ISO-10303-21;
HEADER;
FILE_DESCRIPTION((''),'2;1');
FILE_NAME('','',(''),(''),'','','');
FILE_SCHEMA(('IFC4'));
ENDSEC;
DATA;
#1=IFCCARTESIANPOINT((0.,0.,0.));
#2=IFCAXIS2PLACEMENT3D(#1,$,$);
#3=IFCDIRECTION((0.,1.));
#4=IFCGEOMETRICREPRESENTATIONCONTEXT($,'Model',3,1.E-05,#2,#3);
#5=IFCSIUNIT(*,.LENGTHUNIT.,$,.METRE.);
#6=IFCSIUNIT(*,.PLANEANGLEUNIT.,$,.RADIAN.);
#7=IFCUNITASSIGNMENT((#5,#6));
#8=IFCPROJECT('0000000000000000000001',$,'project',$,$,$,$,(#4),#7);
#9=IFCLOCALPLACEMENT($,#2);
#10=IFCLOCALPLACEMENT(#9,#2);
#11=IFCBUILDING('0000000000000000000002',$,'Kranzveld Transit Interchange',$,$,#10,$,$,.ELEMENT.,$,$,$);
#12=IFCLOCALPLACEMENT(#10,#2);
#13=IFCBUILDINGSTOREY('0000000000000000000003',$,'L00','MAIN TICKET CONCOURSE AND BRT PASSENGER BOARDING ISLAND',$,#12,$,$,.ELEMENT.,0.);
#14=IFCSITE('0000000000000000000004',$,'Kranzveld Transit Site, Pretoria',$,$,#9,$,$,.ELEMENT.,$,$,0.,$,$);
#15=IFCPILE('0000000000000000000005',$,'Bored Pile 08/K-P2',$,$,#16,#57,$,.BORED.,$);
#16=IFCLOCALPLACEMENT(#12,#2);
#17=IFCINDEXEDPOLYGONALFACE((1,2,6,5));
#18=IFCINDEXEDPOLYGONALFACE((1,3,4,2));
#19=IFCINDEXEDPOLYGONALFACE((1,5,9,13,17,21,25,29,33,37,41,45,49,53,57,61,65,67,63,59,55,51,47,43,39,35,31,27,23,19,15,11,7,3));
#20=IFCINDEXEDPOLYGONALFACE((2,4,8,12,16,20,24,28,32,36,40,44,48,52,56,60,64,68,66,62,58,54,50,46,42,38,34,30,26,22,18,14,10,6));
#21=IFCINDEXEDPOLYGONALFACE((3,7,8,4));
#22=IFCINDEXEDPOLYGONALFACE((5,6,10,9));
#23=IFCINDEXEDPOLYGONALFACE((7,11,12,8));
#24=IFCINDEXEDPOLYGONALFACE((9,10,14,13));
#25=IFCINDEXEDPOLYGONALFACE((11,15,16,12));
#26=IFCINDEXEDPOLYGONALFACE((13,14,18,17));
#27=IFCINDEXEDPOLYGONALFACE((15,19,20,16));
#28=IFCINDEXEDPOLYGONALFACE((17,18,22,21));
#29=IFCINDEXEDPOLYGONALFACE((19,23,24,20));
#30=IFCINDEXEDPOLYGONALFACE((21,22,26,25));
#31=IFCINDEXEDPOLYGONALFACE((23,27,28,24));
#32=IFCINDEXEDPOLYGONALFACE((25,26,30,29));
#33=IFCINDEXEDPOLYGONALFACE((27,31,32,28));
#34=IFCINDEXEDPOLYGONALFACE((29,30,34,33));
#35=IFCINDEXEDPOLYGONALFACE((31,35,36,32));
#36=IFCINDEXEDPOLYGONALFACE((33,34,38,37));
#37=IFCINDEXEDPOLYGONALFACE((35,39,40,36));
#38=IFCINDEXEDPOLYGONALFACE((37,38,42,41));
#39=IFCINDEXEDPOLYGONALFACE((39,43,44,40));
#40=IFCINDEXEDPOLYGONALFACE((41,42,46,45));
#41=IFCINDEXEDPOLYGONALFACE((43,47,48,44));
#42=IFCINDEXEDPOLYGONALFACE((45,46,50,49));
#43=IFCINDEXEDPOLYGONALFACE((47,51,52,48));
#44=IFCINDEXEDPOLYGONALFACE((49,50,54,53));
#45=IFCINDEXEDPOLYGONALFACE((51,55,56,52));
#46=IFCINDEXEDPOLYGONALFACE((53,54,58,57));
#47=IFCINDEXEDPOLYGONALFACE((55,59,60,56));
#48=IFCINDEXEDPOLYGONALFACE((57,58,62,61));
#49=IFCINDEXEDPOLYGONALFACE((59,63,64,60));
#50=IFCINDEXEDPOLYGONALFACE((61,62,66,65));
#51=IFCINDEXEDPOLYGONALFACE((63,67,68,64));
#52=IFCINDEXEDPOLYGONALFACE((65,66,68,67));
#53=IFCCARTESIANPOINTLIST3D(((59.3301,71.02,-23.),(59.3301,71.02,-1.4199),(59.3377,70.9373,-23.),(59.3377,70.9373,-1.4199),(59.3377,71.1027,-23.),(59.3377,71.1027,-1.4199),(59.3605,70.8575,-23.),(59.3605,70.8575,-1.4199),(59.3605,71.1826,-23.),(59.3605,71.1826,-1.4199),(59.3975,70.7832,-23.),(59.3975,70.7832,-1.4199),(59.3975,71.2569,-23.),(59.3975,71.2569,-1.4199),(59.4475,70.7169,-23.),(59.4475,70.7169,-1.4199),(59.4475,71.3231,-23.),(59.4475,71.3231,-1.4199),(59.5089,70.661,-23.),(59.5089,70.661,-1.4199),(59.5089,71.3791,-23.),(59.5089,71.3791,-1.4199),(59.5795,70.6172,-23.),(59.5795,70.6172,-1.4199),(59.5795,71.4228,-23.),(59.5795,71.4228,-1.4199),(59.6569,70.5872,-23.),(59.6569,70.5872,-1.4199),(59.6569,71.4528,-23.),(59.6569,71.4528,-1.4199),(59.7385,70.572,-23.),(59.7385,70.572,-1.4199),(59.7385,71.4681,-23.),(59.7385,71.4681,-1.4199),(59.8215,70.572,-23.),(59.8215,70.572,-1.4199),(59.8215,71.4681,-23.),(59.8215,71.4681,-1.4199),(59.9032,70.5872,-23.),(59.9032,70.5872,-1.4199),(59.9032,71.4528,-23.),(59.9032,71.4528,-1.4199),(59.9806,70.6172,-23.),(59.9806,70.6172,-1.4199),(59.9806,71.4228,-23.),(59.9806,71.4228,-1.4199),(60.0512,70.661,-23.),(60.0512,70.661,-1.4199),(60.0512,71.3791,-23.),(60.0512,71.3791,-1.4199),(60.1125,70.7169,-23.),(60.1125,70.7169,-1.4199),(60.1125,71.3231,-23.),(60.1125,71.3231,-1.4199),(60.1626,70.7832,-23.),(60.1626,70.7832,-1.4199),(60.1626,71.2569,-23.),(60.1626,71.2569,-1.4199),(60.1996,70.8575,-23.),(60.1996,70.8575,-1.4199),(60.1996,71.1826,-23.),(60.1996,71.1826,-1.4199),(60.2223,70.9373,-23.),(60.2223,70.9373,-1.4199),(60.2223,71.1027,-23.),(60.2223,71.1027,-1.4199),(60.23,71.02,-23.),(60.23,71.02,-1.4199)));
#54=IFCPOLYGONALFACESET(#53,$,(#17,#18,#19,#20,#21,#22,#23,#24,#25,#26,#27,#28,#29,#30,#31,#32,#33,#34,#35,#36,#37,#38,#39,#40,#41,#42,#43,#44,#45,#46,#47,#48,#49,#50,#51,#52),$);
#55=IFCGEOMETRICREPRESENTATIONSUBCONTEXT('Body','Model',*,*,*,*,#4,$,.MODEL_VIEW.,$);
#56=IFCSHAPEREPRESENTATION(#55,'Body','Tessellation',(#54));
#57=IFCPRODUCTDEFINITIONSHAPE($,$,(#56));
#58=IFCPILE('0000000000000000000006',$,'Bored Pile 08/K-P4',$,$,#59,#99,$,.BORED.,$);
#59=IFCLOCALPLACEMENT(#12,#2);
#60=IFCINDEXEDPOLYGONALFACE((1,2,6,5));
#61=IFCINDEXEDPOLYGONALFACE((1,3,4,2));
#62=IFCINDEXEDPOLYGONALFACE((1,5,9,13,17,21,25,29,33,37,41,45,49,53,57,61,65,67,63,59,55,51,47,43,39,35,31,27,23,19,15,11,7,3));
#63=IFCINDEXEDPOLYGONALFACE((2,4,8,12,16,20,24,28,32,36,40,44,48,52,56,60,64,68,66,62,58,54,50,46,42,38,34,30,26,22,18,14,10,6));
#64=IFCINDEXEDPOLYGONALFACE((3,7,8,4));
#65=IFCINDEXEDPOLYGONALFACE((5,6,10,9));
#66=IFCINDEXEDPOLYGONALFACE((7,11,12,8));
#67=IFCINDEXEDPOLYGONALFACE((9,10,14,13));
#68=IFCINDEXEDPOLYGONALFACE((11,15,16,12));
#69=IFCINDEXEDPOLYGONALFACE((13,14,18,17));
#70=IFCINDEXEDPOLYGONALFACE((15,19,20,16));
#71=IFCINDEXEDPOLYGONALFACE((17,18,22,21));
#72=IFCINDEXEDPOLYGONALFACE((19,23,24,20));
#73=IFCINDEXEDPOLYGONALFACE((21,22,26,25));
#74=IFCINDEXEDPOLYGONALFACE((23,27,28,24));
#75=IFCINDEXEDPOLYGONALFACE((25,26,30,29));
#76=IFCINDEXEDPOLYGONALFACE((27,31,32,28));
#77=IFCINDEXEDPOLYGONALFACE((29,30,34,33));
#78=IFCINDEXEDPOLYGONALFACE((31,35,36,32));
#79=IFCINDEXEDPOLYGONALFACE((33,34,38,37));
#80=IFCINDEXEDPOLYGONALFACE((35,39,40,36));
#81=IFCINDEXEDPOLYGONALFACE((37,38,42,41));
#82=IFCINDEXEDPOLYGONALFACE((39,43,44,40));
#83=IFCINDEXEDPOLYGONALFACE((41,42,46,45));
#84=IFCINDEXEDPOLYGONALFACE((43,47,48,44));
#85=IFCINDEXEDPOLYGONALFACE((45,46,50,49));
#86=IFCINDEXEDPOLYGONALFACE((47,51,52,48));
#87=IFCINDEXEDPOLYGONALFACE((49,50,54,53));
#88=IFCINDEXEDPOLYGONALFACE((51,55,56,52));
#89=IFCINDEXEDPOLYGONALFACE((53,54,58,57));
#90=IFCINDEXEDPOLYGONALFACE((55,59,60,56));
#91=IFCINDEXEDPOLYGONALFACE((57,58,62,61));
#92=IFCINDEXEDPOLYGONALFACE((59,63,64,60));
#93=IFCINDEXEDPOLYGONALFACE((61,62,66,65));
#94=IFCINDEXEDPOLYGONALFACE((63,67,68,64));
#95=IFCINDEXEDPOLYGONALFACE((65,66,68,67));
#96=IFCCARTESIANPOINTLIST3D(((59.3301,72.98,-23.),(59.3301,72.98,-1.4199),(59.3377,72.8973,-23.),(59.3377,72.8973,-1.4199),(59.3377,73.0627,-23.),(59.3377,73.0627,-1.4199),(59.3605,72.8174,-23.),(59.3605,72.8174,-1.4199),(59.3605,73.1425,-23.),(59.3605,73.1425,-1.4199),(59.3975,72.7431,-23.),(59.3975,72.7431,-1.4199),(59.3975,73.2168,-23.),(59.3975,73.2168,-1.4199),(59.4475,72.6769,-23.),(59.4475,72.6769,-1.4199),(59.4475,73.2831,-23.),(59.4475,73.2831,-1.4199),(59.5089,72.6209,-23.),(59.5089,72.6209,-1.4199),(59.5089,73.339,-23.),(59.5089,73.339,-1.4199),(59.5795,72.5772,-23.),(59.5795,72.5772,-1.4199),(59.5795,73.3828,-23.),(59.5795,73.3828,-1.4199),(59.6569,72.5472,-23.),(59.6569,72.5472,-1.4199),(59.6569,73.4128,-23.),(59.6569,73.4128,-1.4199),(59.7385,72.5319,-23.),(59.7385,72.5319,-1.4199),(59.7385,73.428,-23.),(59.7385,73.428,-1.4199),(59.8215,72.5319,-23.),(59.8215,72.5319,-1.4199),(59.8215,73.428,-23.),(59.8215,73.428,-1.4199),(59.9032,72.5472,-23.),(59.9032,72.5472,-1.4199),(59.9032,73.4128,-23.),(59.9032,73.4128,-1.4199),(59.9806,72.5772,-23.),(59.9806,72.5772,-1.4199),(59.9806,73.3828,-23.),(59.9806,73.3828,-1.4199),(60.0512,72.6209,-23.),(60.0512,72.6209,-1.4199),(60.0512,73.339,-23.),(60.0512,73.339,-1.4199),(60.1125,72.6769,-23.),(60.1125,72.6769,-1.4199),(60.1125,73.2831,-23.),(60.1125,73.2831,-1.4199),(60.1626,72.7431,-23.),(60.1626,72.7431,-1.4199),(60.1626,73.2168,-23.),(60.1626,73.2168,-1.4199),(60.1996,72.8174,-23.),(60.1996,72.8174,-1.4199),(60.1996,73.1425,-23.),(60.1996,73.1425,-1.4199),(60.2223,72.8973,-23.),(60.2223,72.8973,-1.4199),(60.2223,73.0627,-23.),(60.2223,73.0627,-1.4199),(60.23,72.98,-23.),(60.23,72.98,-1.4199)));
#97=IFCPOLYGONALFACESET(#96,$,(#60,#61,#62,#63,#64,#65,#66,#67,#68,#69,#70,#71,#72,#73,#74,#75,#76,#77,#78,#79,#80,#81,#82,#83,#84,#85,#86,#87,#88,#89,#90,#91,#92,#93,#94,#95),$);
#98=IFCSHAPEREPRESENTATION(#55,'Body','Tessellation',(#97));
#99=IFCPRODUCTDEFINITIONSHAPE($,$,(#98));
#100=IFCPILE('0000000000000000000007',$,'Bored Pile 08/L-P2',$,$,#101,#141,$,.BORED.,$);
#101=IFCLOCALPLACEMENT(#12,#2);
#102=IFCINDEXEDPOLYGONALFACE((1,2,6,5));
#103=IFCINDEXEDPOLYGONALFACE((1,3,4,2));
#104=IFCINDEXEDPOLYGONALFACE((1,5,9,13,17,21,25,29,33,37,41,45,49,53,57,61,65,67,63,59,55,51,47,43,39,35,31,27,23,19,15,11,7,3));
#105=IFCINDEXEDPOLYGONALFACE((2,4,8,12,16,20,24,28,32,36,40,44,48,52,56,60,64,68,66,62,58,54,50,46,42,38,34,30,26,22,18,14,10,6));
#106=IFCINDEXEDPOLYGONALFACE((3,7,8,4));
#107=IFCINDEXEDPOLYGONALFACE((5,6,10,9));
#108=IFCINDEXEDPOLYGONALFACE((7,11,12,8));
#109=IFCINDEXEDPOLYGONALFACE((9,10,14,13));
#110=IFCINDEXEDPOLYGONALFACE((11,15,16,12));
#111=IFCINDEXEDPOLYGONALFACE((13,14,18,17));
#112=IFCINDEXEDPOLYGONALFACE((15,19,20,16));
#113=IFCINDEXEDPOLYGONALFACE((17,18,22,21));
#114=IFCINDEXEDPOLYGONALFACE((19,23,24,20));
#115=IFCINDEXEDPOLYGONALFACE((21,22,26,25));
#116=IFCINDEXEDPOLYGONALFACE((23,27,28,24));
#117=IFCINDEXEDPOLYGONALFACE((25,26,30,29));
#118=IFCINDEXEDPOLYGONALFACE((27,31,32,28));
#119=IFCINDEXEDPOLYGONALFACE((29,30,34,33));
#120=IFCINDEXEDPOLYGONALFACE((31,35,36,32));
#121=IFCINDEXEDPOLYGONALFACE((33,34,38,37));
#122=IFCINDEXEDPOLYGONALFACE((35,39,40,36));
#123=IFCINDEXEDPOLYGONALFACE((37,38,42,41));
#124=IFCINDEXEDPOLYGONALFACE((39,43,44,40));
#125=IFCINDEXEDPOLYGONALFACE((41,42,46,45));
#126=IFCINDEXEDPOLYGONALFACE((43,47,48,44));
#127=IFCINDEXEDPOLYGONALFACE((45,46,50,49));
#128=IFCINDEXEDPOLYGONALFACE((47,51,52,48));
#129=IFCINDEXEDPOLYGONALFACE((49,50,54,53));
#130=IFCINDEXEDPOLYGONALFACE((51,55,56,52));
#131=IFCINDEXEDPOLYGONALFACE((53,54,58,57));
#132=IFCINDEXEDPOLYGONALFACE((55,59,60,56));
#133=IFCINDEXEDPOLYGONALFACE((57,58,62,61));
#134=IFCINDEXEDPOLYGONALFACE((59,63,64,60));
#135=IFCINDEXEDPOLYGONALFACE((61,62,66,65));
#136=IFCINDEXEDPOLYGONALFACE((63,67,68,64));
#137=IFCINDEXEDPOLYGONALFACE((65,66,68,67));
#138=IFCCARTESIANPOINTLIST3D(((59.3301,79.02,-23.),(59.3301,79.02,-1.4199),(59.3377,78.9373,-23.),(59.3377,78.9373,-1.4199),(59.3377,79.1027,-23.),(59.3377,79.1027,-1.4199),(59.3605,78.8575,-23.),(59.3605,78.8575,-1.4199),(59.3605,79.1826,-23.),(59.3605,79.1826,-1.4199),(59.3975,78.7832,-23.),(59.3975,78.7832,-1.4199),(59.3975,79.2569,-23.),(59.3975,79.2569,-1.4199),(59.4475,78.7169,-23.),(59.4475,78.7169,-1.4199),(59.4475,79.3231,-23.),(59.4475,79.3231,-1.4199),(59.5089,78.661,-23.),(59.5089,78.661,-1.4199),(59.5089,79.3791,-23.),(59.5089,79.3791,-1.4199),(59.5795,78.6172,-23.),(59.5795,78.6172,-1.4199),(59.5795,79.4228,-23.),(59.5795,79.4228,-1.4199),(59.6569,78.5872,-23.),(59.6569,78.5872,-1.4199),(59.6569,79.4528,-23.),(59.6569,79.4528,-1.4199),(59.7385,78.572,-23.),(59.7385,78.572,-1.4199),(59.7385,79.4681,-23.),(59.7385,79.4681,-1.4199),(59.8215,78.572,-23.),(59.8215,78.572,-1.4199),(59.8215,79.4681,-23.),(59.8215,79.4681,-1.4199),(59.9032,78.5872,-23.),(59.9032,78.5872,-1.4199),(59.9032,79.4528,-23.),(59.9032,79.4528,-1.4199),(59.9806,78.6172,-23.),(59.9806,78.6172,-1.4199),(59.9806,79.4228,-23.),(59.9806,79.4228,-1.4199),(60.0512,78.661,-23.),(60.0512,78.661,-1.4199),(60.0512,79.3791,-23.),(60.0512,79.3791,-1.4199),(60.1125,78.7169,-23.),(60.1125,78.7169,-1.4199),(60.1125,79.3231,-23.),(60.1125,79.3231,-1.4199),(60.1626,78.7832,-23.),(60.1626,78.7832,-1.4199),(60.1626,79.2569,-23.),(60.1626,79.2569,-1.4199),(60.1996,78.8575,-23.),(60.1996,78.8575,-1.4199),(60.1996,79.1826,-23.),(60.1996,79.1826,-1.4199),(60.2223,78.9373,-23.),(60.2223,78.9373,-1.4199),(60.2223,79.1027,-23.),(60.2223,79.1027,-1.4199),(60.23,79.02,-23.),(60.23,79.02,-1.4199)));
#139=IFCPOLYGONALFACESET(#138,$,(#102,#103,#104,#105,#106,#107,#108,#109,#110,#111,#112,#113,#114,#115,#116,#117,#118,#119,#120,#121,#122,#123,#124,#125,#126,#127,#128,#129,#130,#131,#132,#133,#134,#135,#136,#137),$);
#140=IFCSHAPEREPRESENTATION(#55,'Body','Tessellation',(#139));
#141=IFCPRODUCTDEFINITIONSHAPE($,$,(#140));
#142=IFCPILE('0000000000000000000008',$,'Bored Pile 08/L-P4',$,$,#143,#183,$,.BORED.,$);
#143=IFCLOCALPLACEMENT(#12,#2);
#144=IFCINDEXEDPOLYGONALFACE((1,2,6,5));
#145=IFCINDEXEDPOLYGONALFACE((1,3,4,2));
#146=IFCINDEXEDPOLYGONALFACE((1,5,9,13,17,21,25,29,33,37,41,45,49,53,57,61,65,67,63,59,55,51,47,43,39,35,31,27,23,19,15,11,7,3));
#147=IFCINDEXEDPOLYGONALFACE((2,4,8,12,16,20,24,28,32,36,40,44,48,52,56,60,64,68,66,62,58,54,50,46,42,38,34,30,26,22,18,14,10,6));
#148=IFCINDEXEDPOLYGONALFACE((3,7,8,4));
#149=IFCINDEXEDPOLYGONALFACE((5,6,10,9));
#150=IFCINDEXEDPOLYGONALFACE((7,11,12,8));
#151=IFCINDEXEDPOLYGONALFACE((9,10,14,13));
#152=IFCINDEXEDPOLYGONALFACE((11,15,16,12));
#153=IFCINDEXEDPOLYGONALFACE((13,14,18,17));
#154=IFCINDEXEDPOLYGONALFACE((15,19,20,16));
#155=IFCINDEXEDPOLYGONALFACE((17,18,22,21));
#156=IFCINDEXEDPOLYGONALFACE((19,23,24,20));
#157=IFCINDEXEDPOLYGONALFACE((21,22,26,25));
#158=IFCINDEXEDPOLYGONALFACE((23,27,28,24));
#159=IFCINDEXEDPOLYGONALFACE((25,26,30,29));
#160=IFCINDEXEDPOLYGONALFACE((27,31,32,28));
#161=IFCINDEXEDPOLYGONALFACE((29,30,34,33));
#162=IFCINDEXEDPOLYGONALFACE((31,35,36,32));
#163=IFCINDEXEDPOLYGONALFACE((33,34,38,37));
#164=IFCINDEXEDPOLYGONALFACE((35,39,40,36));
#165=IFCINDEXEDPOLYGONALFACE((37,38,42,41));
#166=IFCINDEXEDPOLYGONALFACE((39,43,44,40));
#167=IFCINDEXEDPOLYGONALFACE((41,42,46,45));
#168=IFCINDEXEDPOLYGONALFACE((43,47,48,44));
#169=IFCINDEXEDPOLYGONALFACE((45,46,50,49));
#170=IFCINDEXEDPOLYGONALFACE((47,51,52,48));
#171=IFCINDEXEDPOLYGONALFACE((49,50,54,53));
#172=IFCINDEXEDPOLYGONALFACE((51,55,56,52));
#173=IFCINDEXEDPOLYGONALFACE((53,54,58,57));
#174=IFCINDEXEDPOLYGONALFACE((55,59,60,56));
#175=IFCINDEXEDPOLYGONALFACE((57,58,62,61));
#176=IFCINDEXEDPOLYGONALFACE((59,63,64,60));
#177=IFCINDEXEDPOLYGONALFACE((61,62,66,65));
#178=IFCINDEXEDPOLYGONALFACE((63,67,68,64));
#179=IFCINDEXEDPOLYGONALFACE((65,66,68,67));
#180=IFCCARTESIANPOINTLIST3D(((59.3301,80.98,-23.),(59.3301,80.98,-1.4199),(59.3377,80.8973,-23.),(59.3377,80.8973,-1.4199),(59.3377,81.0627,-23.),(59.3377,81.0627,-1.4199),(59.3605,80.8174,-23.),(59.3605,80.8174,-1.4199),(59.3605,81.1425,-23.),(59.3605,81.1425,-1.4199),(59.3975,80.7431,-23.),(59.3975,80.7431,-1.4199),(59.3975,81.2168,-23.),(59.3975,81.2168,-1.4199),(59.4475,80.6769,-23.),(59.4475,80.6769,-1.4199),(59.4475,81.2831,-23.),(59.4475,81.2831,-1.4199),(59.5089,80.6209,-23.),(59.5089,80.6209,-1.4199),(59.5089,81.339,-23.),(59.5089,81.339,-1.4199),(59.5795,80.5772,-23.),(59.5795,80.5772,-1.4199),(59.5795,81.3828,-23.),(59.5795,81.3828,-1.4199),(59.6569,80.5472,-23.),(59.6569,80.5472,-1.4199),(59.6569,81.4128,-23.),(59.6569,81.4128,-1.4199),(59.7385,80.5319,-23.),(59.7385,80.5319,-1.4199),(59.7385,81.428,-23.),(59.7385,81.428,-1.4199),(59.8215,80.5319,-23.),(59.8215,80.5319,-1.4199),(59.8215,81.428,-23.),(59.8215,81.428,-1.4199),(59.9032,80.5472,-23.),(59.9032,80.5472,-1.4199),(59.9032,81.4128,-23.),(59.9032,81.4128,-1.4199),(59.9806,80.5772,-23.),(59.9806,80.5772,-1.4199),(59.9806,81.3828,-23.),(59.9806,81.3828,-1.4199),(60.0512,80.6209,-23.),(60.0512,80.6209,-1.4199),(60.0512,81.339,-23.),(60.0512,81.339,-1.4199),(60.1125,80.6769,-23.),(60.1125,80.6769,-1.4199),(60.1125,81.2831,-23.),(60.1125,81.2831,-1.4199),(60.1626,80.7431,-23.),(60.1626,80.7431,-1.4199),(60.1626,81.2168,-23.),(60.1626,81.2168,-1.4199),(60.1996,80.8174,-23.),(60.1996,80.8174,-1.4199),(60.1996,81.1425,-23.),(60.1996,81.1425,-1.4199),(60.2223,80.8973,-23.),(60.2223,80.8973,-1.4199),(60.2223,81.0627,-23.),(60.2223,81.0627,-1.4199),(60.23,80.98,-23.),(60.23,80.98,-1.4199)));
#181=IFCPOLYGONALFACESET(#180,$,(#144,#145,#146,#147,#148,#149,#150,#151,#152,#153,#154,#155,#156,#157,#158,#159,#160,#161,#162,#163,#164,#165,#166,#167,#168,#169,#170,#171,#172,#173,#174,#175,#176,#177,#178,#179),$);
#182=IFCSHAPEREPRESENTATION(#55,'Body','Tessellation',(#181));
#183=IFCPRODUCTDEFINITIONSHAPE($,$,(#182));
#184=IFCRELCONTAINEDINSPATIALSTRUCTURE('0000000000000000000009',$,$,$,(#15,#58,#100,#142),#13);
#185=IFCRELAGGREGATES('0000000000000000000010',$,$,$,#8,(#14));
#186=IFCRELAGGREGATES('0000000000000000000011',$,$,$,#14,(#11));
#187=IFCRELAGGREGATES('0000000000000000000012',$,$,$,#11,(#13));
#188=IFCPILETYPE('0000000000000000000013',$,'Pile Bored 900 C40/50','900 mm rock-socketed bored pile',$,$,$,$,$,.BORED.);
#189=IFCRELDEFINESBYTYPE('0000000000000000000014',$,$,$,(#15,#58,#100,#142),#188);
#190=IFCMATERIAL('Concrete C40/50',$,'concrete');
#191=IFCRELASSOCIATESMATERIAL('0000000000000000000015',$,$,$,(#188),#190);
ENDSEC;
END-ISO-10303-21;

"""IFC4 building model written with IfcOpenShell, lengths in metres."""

from ifc_helpers import new_model, si_unit, direction, frame, origin, origin_2d, place, context, subcontext, project, spatial, circle, extrude, material, material_profile, profile_set, type_object, element, save


model = new_model("IFC4")

# Units and contexts
model_context = context("Model", 3, precision=1e-05, world=origin(), true_north=direction((0.0, 1.0)))
body_context = subcontext(model_context, "Body", "Model", "MODEL_VIEW")
ifc_project = project(units=[si_unit("LENGTHUNIT", "METRE"), si_unit("PLANEANGLEUNIT", "RADIAN")], contexts=[model_context])

# Site, building, storey
site_placement = place(None, origin())
site = spatial("IfcSite", under=ifc_project, at=site_placement, Name="Kranzveld Transit Site, Pretoria", CompositionType="ELEMENT", RefElevation=0.0)
building_placement = place(site_placement, origin())
building = spatial("IfcBuilding", under=site, at=building_placement, Name="Kranzveld Transit Interchange", CompositionType="ELEMENT")
storey_placement = place(building_placement, origin())
storey = spatial("IfcBuildingStorey", under=building, at=storey_placement, Name="L00", Description="MAIN TICKET CONCOURSE AND BRT PASSENGER BOARDING ISLAND", CompositionType="ELEMENT", Elevation=0.0)

# Piles
ifc_material_1 = material(Name="Concrete C40/50", Category="concrete")
ifc_material_profile_1 = material_profile(ifc_material_1, circle(Radius=0.45, at=origin_2d()), Name="BORED PILE 900")
ifc_profile_set_1 = profile_set([ifc_material_profile_1], Name="Concrete C40/50")
pile_type_1 = type_object("IfcPileType", Name="Pile Bored 900 C40/50", Description="900 mm rock-socketed bored pile", PredefinedType="BORED", material=ifc_profile_set_1)
for number, where, z_axis, x_axis, name in (
    (1, (59.78, 71.02, -1.4199), (0.0, 0.0, -1.0), (1.0, 0.0, 0.0), "Bored Pile 08/K-P2"),
    (2, (59.78, 72.98, -1.4199), (0.0, 0.0, -1.0), (1.0, 0.0, 0.0), "Bored Pile 08/K-P4"),
    (3, (59.78, 79.02, -1.4199), (0.0, 0.0, -1.0), (1.0, 0.0, 0.0), "Bored Pile 08/L-P2"),
    (4, (59.78, 80.98, -1.4199), (0.0, 0.0, -1.0), (1.0, 0.0, 0.0), "Bored Pile 08/L-P4"),
):
    element("IfcPile", number, at=place(storey_placement, frame(where, z_axis=z_axis, x_axis=x_axis)), inside=storey, type_object=pile_type_1, Name=name, PredefinedType="BORED", context=body_context, shape_type="SweptSolid", body=[
        extrude(circle(Radius=0.45, at=origin_2d()), origin(), (0.0, 0.0, 1.0), 21.5801),
    ])

save(model, "model.ifc")
